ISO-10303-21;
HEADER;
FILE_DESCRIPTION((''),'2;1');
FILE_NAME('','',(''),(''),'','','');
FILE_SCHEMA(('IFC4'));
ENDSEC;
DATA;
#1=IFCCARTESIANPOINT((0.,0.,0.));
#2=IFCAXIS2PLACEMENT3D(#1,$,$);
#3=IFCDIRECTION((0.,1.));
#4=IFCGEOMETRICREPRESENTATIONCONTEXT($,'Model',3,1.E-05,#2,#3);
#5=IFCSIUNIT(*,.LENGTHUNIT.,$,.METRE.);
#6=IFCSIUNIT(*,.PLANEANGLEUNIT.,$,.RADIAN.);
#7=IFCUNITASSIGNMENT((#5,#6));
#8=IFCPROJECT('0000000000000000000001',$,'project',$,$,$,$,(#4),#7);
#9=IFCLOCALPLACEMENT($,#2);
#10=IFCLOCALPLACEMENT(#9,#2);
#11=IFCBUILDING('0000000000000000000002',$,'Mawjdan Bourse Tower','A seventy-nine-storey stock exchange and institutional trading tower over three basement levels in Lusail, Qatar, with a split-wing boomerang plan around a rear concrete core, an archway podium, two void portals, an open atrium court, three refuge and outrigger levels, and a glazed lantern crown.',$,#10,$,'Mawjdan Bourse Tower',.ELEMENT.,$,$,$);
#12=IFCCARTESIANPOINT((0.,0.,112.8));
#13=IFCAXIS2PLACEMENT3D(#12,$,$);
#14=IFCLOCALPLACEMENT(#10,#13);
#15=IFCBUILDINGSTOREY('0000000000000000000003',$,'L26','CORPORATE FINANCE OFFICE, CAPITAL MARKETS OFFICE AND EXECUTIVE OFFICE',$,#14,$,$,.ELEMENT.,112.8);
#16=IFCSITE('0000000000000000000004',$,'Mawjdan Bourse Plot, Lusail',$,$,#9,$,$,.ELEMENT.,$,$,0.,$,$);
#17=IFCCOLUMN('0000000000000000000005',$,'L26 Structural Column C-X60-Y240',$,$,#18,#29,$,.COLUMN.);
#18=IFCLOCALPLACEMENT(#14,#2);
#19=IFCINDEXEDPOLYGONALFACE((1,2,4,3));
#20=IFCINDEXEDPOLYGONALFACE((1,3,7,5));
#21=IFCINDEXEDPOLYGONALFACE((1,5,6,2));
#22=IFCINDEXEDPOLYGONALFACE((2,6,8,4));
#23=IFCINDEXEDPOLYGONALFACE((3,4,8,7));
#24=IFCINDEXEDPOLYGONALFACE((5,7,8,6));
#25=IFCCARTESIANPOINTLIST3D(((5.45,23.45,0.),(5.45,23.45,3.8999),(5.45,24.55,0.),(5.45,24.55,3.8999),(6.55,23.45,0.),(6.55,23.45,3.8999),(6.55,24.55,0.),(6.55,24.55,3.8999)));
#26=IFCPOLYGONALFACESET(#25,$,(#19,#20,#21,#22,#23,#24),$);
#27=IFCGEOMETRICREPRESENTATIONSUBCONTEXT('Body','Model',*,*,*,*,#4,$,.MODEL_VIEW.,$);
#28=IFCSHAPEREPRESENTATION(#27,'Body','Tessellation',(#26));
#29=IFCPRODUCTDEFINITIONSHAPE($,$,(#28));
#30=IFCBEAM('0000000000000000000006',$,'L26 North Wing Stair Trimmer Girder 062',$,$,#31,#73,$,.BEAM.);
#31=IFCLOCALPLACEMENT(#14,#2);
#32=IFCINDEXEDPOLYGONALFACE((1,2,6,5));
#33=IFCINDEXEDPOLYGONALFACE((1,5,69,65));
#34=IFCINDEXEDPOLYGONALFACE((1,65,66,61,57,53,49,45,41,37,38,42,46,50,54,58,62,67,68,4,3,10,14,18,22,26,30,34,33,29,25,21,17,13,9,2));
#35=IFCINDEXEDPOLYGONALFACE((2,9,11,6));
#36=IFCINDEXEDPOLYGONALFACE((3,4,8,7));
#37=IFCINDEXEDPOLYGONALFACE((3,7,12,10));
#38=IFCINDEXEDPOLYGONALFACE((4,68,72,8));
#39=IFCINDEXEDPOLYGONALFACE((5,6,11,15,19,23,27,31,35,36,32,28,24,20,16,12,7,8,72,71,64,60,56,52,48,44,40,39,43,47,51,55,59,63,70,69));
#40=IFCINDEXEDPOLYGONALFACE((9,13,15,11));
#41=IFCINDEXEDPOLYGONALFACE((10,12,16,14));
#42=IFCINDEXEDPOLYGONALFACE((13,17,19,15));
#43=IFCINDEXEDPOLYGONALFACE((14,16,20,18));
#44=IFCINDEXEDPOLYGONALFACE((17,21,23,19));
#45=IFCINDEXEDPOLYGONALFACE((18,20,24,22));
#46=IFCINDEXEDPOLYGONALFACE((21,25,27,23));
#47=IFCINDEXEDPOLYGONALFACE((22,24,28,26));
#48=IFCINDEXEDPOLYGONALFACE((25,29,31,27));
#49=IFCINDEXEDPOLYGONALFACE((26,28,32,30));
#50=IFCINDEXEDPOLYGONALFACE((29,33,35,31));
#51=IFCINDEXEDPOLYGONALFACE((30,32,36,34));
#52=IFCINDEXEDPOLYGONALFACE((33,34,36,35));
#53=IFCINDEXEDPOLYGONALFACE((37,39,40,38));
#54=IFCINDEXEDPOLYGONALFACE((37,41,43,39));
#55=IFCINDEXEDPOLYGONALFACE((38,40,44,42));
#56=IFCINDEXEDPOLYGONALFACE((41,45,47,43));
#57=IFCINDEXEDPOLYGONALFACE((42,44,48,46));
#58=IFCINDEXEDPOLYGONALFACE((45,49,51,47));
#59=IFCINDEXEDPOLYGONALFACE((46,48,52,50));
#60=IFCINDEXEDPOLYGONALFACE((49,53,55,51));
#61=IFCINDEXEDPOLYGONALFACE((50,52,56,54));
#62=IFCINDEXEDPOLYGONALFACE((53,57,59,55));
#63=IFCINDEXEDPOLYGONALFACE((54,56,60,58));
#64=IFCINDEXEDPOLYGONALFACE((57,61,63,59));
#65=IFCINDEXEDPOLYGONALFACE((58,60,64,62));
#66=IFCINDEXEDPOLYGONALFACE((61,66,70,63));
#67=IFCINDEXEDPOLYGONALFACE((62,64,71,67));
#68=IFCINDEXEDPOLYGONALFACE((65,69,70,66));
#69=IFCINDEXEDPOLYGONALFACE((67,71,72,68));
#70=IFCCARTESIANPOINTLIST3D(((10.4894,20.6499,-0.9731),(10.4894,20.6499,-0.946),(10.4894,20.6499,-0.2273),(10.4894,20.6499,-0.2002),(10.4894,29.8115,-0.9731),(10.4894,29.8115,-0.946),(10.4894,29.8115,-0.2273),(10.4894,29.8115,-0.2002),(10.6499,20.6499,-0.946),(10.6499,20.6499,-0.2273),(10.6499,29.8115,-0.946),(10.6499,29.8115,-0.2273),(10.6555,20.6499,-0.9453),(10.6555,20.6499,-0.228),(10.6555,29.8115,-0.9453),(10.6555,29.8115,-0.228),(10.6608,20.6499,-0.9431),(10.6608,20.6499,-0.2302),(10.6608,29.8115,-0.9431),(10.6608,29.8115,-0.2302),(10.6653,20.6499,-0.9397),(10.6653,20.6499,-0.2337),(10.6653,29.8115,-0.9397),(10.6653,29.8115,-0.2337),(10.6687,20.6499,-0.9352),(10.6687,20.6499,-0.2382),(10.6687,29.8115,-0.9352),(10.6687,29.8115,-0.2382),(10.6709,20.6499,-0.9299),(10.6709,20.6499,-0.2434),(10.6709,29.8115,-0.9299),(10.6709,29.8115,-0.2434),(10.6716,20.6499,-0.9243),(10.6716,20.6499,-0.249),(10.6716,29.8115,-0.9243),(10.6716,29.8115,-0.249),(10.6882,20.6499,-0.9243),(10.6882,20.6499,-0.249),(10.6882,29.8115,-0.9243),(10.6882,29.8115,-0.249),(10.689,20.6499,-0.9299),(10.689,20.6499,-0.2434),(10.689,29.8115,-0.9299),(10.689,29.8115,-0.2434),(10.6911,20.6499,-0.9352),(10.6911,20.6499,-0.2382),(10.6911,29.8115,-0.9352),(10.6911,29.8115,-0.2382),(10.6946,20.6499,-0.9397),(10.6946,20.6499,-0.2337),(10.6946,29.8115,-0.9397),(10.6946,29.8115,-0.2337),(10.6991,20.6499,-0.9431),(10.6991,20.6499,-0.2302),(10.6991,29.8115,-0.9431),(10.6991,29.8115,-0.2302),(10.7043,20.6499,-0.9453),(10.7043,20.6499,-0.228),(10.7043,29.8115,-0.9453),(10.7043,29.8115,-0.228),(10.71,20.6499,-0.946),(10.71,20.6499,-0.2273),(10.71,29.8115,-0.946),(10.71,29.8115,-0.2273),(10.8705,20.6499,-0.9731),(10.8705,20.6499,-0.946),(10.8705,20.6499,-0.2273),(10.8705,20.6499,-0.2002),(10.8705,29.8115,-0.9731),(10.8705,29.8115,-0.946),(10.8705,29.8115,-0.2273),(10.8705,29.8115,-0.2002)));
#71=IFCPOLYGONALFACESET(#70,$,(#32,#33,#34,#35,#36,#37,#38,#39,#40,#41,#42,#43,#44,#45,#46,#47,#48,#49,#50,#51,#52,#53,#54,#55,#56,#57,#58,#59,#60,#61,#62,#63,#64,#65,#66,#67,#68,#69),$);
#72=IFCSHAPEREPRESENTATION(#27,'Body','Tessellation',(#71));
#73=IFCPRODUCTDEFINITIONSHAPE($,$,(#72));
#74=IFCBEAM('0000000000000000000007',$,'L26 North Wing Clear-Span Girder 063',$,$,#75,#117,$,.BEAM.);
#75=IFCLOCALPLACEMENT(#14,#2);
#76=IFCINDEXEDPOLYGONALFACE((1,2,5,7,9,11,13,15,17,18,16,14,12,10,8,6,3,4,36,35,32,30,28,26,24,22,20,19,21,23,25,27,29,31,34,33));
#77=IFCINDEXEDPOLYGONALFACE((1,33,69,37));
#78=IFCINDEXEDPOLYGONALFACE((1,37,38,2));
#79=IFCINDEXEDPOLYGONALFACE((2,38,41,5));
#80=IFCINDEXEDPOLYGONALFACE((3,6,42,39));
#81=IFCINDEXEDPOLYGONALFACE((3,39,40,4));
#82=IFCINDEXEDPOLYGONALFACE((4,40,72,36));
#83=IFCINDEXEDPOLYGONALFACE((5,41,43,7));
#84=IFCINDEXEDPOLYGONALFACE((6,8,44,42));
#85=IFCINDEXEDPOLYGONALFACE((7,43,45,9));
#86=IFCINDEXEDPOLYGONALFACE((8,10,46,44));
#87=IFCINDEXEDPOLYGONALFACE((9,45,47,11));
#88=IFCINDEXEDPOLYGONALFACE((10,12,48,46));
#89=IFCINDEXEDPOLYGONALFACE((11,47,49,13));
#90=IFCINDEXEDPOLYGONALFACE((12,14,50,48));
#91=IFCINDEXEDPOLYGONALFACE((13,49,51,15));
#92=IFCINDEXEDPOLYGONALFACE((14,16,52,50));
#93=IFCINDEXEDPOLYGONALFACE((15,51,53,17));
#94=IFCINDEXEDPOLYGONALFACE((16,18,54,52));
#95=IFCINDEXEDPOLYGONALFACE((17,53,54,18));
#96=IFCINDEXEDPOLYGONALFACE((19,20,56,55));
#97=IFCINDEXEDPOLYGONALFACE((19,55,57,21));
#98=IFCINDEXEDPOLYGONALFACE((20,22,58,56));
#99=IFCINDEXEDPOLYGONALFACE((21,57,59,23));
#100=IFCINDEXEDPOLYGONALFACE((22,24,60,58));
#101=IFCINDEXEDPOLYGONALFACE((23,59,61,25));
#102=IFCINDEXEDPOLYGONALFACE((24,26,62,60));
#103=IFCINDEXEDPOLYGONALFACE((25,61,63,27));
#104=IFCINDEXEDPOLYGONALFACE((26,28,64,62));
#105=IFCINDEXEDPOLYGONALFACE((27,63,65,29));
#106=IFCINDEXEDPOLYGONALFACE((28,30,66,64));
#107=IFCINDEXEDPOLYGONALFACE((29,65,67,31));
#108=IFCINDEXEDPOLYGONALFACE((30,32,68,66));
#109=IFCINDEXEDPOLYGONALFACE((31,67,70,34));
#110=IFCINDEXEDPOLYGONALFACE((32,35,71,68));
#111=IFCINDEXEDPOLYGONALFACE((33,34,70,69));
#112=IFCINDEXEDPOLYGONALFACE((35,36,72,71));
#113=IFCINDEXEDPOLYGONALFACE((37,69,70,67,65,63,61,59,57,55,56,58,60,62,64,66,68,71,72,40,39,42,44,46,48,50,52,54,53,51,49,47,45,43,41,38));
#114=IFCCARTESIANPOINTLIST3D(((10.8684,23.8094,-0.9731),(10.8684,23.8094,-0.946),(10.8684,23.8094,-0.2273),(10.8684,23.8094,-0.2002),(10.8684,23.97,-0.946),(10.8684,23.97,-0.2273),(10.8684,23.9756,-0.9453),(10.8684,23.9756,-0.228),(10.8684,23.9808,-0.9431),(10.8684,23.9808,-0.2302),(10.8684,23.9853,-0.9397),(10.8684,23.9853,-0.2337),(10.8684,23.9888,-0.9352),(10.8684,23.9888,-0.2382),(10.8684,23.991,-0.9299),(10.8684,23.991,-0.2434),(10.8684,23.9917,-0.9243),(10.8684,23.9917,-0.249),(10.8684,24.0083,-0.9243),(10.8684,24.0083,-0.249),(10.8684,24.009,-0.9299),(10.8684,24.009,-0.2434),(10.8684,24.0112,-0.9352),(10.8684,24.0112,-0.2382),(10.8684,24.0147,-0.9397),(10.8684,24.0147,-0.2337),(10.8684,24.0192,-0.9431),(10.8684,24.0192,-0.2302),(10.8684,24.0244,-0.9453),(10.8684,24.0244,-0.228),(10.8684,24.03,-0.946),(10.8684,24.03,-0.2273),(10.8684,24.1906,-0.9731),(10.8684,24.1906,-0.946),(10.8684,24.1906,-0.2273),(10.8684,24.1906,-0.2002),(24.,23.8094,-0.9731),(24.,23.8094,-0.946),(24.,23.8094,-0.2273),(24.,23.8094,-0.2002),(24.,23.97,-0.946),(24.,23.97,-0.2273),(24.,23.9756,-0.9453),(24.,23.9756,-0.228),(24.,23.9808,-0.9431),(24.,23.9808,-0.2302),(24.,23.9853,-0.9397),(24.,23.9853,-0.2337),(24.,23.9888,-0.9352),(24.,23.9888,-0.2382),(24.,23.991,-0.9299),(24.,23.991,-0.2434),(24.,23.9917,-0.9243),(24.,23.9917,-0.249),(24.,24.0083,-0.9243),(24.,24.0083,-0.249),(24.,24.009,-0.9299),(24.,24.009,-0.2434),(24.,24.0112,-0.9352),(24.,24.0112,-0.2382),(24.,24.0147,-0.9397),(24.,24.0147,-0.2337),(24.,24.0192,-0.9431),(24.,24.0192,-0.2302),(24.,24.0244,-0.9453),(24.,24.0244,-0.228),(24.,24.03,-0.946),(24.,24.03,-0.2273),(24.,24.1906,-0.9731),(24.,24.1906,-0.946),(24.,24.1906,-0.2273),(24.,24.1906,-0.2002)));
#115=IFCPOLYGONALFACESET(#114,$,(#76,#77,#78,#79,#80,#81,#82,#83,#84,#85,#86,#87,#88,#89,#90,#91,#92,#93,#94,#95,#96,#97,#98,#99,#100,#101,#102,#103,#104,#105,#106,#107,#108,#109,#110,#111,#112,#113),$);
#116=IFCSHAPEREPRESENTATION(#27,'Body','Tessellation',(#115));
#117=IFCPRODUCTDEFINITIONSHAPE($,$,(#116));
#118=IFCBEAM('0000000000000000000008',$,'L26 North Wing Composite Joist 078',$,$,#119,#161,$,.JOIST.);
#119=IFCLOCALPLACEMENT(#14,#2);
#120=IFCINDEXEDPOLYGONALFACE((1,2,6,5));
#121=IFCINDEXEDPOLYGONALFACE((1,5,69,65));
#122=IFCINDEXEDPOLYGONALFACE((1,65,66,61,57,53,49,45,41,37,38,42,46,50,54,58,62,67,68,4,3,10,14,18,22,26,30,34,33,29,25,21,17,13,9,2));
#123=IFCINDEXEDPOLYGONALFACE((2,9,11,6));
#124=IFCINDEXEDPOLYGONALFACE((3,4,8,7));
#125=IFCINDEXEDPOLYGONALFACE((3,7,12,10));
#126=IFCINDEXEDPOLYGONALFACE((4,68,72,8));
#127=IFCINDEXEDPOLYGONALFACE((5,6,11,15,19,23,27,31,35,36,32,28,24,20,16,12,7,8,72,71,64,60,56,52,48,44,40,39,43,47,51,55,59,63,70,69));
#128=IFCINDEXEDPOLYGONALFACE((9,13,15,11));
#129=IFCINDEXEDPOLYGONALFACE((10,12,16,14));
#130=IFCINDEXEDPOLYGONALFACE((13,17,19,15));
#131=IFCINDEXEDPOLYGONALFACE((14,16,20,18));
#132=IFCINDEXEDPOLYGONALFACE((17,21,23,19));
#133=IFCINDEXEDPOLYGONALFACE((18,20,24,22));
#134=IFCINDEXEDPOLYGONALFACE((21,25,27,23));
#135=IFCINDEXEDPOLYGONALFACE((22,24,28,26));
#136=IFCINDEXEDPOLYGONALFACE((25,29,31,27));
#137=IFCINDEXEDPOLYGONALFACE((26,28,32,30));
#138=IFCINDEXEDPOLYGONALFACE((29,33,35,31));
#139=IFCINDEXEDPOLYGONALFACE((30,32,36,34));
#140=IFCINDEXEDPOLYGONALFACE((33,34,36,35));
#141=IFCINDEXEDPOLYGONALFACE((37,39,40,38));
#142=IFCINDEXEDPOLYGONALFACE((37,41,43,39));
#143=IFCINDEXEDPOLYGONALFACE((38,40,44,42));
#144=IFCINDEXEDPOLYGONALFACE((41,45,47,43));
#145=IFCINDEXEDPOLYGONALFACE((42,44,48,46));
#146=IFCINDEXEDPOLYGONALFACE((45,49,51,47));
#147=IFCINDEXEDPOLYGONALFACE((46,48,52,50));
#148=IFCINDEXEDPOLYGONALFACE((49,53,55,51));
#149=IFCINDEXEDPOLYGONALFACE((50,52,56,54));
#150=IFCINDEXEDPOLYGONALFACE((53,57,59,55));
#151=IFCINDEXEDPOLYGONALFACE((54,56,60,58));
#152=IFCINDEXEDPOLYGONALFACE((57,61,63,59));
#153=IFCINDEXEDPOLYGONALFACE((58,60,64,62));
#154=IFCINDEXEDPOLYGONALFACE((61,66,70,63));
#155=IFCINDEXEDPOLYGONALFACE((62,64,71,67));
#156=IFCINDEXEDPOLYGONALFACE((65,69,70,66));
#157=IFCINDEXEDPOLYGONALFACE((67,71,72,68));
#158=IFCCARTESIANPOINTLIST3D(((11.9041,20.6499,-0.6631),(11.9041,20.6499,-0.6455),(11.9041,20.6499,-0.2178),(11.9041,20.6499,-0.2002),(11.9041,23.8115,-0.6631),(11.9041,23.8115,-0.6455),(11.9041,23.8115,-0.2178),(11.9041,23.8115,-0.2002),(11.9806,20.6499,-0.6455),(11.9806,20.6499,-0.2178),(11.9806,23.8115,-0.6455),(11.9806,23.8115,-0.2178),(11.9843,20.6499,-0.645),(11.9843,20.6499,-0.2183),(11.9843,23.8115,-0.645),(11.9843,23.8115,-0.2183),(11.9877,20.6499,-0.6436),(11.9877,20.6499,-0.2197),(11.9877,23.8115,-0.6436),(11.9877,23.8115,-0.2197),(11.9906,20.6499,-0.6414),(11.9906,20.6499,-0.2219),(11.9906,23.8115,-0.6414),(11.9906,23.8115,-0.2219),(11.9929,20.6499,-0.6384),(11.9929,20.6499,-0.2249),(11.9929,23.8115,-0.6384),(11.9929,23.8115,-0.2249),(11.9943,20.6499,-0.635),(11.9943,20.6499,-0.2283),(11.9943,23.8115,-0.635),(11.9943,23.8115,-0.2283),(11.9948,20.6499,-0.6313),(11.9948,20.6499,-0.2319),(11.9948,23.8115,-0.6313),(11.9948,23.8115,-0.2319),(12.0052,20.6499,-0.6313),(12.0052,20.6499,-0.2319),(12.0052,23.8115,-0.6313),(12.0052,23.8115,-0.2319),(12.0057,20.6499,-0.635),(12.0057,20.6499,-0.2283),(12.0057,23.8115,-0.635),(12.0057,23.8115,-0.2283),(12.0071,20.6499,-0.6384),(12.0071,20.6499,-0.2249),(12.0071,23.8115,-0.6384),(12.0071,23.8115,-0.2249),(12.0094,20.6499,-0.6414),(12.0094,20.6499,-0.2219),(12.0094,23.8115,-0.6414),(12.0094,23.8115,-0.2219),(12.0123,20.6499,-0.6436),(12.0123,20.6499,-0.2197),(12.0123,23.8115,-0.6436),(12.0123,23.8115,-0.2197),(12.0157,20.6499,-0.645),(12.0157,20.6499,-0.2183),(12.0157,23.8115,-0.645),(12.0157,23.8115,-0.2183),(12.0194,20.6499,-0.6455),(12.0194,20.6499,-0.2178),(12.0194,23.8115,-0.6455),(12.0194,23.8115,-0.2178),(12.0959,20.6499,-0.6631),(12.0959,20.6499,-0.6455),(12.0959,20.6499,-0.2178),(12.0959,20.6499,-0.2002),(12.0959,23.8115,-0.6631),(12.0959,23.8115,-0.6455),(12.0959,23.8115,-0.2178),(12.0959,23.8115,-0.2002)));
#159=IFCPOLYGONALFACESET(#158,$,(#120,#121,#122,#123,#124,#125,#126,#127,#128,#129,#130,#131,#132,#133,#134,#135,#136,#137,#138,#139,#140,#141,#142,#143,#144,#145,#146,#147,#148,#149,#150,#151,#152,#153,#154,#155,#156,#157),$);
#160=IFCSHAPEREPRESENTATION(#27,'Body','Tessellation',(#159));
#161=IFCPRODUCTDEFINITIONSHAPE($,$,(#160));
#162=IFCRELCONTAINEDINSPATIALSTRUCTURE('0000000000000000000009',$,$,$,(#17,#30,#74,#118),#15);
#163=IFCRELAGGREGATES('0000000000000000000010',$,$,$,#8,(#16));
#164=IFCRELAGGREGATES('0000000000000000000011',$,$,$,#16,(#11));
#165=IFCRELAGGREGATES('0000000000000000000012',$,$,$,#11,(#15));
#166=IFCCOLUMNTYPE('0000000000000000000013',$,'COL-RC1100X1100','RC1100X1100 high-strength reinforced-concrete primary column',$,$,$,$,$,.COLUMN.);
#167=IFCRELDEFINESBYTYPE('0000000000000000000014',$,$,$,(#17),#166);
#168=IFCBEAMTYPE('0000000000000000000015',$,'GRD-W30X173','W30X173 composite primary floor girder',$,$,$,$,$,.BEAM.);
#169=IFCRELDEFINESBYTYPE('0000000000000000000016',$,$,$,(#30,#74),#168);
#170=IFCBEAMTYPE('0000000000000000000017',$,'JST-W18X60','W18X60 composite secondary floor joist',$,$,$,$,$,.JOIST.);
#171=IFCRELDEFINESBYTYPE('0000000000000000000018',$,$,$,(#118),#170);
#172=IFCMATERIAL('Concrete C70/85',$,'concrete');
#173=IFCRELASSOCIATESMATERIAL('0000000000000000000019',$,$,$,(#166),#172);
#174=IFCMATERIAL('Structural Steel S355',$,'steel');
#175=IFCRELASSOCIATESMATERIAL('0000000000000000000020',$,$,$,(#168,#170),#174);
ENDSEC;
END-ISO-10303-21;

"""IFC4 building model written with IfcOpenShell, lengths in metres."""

from ifc_helpers import new_model, si_unit, direction, frame, origin, origin_2d, place, context, subcontext, project, spatial, rectangle, i_section, extrude, material, material_profile, profile_set, type_object, element, save


model = new_model("IFC4")

# Units and contexts
model_context = context("Model", 3, precision=1e-05, world=origin(), true_north=direction((0.0, 1.0)))
body_context = subcontext(model_context, "Body", "Model", "MODEL_VIEW")
ifc_project = project(units=[si_unit("LENGTHUNIT", "METRE"), si_unit("PLANEANGLEUNIT", "RADIAN")], contexts=[model_context])

# Site, building, storey
site_placement = place(None, origin())
site = spatial("IfcSite", under=ifc_project, at=site_placement, Name="Mawjdan Bourse Plot, Lusail", CompositionType="ELEMENT", RefElevation=0.0)
building_placement = place(site_placement, origin())
building = spatial("IfcBuilding", under=site, at=building_placement, Name="Mawjdan Bourse Tower", Description="A seventy-nine-storey stock exchange and institutional trading tower over three basement levels in Lusail, Qatar, with a split-wing boomerang plan around a rear concrete core, an archway podium, two void portals, an open atrium court, three refuge and outrigger levels, and a glazed lantern crown.", LongName="Mawjdan Bourse Tower", CompositionType="ELEMENT")
storey_placement = place(building_placement, frame((0.0, 0.0, 112.8)))
storey = spatial("IfcBuildingStorey", under=building, at=storey_placement, Name="L26", Description="CORPORATE FINANCE OFFICE, CAPITAL MARKETS OFFICE AND EXECUTIVE OFFICE", CompositionType="ELEMENT", Elevation=112.8)

# Column
ifc_material_1 = material(Name="Concrete C70/85", Category="concrete")
ifc_material_profile_1 = material_profile(ifc_material_1, rectangle(XDim=1.1001, YDim=1.1001, at=origin_2d()), Name="RC1100X1100")
ifc_profile_set_1 = profile_set([ifc_material_profile_1], Name="Concrete C70/85")
column_type = type_object("IfcColumnType", Name="COL-RC1100X1100", Description="RC1100X1100 high-strength reinforced-concrete primary column", PredefinedType="COLUMN", material=ifc_profile_set_1)
column_placement = place(storey_placement, frame((6.0, 24.0, 0.0), z_axis=(0.0, 0.0, 1.0), x_axis=(1.0, 0.0, 0.0)))
element("IfcColumn", 1, at=column_placement, inside=storey, type_object=column_type, Name="L26 Structural Column C-X60-Y240", PredefinedType="COLUMN", context=body_context, shape_type="SweptSolid", body=[
    extrude(rectangle(XDim=1.1001, YDim=1.1001, at=origin_2d()), origin(), (0.0, 0.0, 1.0), 3.8999),
])

# Beams
ifc_material_2 = material(Name="Structural Steel S355", Category="steel")
ifc_material_profile_2 = material_profile(ifc_material_2, i_section(OverallWidth=0.3811, OverallDepth=0.7729, WebThickness=0.0166, FlangeThickness=0.0271, FilletRadius=0.0217, at=origin_2d()), Name="W30X173")
ifc_profile_set_2 = profile_set([ifc_material_profile_2], Name="Structural Steel S355")
beam_type_1 = type_object("IfcBeamType", Name="GRD-W30X173", Description="W30X173 composite primary floor girder", PredefinedType="BEAM", material=ifc_profile_set_2)
beam_1_placement = place(storey_placement, frame((10.6799, 20.6499, -0.5867), z_axis=(0.0, 1.0, 0.0), x_axis=(-1.0, 0.0, 0.0)))
element("IfcBeam", 2, at=beam_1_placement, inside=storey, type_object=beam_type_1, Name="L26 North Wing Stair Trimmer Girder 062", PredefinedType="BEAM", context=body_context, shape_type="SweptSolid", body=[
    extrude(i_section(OverallWidth=0.3811, OverallDepth=0.7729, WebThickness=0.0166, FlangeThickness=0.0271, FilletRadius=0.0217, at=origin_2d()), origin(), (0.0, 0.0, 1.0), 9.1616),
])
beam_2_placement = place(storey_placement, frame((10.8684, 24.0, -0.5867), z_axis=(1.0, 0.0, 0.0), x_axis=(0.0, 1.0, 0.0)))
element("IfcBeam", 3, at=beam_2_placement, inside=storey, type_object=beam_type_1, Name="L26 North Wing Clear-Span Girder 063", PredefinedType="BEAM", context=body_context, shape_type="SweptSolid", body=[
    extrude(i_section(OverallWidth=0.3811, OverallDepth=0.7729, WebThickness=0.0166, FlangeThickness=0.0271, FilletRadius=0.0217, at=origin_2d()), origin(), (0.0, 0.0, 1.0), 13.1316),
])
ifc_material_profile_3 = material_profile(ifc_material_2, i_section(OverallWidth=0.1919, OverallDepth=0.4629, WebThickness=0.0105, FlangeThickness=0.0176, FilletRadius=0.0142, at=origin_2d()), Name="W18X60")
ifc_profile_set_3 = profile_set([ifc_material_profile_3], Name="Structural Steel S355")
beam_type_2 = type_object("IfcBeamType", Name="JST-W18X60", Description="W18X60 composite secondary floor joist", PredefinedType="JOIST", material=ifc_profile_set_3)
beam_3_placement = place(storey_placement, frame((12.0, 20.6499, -0.4316), z_axis=(0.0, 1.0, 0.0), x_axis=(-1.0, 0.0, 0.0)))
element("IfcBeam", 4, at=beam_3_placement, inside=storey, type_object=beam_type_2, Name="L26 North Wing Composite Joist 078", PredefinedType="JOIST", context=body_context, shape_type="SweptSolid", body=[
    extrude(i_section(OverallWidth=0.1919, OverallDepth=0.4629, WebThickness=0.0105, FlangeThickness=0.0176, FilletRadius=0.0142, at=origin_2d()), origin(), (0.0, 0.0, 1.0), 3.1616),
])

save(model, "model.ifc")
